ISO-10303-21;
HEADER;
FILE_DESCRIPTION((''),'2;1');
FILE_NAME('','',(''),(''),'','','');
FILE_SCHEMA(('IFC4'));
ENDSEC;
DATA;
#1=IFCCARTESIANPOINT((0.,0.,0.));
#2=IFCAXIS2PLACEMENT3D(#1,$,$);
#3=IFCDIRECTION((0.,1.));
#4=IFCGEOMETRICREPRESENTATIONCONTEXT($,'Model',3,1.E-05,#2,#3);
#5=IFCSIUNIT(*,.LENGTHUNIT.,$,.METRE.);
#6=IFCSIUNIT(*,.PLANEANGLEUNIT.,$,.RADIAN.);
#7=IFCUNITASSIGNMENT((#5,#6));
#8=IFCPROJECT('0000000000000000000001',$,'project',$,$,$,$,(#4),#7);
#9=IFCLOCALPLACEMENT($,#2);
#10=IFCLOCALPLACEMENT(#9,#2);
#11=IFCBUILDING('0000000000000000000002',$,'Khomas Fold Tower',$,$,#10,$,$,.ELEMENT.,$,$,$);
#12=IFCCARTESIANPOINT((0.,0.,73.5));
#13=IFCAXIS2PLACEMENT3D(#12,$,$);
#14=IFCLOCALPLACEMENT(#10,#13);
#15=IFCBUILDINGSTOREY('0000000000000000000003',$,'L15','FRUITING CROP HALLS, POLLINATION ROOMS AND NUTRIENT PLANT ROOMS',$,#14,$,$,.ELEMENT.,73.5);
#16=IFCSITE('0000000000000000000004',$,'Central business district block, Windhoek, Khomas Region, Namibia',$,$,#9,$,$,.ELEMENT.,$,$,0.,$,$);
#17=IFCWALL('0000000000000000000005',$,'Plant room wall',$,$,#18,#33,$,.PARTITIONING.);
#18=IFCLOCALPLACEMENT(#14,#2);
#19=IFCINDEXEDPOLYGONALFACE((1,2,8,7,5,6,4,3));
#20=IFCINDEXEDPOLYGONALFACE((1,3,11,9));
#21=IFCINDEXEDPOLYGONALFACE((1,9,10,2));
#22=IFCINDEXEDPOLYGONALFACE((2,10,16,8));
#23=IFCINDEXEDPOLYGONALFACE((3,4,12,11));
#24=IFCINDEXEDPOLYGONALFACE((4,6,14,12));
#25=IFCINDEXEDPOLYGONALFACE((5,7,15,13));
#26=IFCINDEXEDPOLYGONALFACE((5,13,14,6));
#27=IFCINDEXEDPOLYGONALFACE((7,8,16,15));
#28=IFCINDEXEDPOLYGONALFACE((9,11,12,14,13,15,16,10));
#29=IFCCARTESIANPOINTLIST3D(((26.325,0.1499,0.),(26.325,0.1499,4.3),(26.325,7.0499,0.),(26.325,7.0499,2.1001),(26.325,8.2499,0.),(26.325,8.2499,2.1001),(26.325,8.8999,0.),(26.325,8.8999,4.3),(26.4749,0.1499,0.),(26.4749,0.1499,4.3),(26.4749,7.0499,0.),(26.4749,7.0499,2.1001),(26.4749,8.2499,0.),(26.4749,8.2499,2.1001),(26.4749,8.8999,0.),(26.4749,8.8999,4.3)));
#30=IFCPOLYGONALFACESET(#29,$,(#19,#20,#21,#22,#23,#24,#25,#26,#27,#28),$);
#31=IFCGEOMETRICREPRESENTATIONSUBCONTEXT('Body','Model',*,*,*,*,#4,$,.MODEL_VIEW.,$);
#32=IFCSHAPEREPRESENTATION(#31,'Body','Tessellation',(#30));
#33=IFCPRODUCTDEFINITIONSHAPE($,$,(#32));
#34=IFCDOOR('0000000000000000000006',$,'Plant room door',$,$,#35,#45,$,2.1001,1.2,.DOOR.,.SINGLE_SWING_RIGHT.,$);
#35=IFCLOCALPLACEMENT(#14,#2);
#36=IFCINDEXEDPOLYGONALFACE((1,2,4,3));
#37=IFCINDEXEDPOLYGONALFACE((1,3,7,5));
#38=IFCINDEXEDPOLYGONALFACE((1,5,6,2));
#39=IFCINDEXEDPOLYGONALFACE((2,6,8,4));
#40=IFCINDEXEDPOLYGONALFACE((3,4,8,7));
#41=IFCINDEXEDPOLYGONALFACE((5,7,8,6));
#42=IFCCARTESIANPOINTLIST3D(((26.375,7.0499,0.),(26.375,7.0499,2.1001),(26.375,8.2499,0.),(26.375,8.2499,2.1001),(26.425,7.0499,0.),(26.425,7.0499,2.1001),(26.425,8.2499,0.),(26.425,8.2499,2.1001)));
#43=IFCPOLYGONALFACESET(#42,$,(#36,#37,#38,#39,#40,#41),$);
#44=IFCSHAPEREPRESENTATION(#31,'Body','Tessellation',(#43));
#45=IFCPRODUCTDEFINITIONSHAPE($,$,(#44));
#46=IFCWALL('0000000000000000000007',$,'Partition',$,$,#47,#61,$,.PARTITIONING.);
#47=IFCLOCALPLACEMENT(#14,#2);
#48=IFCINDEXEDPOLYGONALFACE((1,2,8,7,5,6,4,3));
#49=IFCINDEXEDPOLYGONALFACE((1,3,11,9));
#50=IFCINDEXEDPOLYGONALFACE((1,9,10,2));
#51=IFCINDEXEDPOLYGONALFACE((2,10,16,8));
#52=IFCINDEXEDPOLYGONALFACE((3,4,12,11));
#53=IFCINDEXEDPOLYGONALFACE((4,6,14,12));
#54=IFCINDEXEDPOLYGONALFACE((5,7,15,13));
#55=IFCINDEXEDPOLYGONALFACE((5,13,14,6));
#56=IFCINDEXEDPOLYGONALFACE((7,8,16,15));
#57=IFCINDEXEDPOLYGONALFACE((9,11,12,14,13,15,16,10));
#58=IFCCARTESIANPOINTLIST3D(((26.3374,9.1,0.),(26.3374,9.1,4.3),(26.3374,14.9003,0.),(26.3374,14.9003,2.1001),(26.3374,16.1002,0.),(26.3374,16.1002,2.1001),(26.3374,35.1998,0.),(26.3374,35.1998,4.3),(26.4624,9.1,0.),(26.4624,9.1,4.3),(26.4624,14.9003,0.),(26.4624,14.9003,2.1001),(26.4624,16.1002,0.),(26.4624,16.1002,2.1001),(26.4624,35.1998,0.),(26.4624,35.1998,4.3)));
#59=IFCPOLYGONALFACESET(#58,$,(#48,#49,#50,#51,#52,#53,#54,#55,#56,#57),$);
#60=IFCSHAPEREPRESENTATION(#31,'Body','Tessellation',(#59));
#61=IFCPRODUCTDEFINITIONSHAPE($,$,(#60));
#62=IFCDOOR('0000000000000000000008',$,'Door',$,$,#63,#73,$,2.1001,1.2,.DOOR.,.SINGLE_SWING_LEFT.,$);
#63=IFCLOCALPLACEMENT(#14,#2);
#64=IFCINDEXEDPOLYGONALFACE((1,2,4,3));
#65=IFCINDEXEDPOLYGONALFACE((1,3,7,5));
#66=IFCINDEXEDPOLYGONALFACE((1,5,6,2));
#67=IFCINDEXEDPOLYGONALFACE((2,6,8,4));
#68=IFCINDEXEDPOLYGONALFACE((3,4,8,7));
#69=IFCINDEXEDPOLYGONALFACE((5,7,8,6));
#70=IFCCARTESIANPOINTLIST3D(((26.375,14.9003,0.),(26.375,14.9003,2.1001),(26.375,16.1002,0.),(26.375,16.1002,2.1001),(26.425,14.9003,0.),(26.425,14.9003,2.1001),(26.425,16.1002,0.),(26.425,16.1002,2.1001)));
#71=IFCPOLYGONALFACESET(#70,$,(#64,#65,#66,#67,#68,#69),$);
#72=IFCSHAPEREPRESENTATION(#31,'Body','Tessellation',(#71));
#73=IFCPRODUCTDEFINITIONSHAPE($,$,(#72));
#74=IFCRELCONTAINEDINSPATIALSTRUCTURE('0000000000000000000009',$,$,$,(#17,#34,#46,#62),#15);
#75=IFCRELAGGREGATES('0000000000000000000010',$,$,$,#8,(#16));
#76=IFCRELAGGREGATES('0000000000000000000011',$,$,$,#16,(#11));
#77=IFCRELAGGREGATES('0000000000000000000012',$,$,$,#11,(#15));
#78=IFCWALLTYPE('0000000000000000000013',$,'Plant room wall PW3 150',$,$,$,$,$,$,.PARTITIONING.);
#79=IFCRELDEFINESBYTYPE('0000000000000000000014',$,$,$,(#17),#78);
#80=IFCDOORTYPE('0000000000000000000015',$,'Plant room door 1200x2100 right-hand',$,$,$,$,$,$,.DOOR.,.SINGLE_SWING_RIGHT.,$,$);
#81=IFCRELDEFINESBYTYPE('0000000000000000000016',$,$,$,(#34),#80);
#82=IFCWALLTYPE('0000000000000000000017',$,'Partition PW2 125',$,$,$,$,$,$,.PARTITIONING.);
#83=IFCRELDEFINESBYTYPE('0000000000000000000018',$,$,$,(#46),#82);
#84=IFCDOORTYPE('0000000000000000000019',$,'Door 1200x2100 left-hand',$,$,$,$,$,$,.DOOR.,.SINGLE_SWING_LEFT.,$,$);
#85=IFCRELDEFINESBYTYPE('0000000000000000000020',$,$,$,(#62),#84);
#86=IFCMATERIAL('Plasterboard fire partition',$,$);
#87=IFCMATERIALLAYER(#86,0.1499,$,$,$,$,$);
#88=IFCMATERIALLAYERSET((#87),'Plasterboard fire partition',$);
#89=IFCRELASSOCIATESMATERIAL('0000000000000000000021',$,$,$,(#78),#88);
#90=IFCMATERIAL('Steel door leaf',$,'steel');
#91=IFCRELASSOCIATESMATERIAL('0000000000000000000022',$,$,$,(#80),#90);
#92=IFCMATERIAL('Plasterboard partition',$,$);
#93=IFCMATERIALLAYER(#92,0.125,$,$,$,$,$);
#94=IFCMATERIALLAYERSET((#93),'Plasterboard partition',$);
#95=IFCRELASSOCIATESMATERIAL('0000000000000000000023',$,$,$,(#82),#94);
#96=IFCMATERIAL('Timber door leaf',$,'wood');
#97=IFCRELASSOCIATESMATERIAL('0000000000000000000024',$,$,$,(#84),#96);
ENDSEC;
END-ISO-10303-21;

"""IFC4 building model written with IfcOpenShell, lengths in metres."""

from ifc_helpers import new_model, si_unit, direction, frame, frame_2d, origin, place, context, subcontext, project, spatial, rectangle, extrude, source, transform, mapped, material, layer, layer_set, type_object, element, fill, save


model = new_model("IFC4")

# Units and contexts
model_context = context("Model", 3, precision=1e-05, world=origin(), true_north=direction((0.0, 1.0)))
body_context = subcontext(model_context, "Body", "Model", "MODEL_VIEW")
ifc_project = project(units=[si_unit("LENGTHUNIT", "METRE"), si_unit("PLANEANGLEUNIT", "RADIAN")], contexts=[model_context])

# Site, building, storey
site_placement = place(None, origin())
site = spatial("IfcSite", under=ifc_project, at=site_placement, Name="Central business district block, Windhoek, Khomas Region, Namibia", CompositionType="ELEMENT", RefElevation=0.0)
building_placement = place(site_placement, origin())
building = spatial("IfcBuilding", under=site, at=building_placement, Name="Khomas Fold Tower", CompositionType="ELEMENT")
storey_placement = place(building_placement, frame((0.0, 0.0, 73.5)))
storey = spatial("IfcBuildingStorey", under=building, at=storey_placement, Name="L15", Description="FRUITING CROP HALLS, POLLINATION ROOMS AND NUTRIENT PLANT ROOMS", CompositionType="ELEMENT", Elevation=73.5)

# Shared definitions
ifc_material_1 = material(Name="Plasterboard fire partition")
ifc_layer_1 = layer(ifc_material_1, 0.1499)
ifc_layer_set_1 = layer_set([ifc_layer_1], Name="Plasterboard fire partition")
wall_type_1 = type_object("IfcWallType", Name="Plant room wall PW3 150", PredefinedType="PARTITIONING", material=ifc_layer_set_1)

# Walls, openings, doors
shared_shape_1 = source(origin(), body_context, "Body", "SweptSolid", [
    extrude(rectangle(XDim=8.75, YDim=0.1499, at=frame_2d((4.375, 0.0))), origin(), (0.0, 0.0, 1.0), 4.3),
])
wall_1_placement = place(storey_placement, frame((26.3999, 0.1499, 0.0), z_axis=(0.0, 0.0, 1.0), x_axis=(0.0, 1.0, 0.0)))
wall_1 = element("IfcWall", 1, at=wall_1_placement, inside=storey, type_object=wall_type_1, Name="Plant room wall", PredefinedType="PARTITIONING", context=body_context, shape_type="MappedRepresentation", body=[
    mapped(shared_shape_1, transform((0.0, 0.0, 0.0))),
])
shared_shape_2 = source(origin(), body_context, "Body", "SweptSolid", [
    extrude(rectangle(XDim=1.2, YDim=2.1001, at=frame_2d((0.6001, 1.05))), frame((0.0, 0.085, 0.0), z_axis=(0.0, -1.0, 0.0), x_axis=(1.0, 0.0, 0.0)), (0.0, 0.0, 1.0), 0.1699),
])
opening_1_placement = place(wall_1_placement, frame((6.8999, 0.0, 0.0)))
opening_1 = element("IfcOpeningElement", 2, at=opening_1_placement, cuts=wall_1, PredefinedType="OPENING", context=body_context, shape_type="MappedRepresentation", body=[
    mapped(shared_shape_2, transform((0.0, 0.0, 0.0))),
])
ifc_material_2 = material(Name="Steel door leaf", Category="steel")
door_type_1 = type_object("IfcDoorType", Name="Plant room door 1200x2100 right-hand", OperationType="SINGLE_SWING_RIGHT", PredefinedType="DOOR", material=ifc_material_2)
shared_shape_3 = source(origin(), body_context, "Body", "SweptSolid", [
    extrude(rectangle(XDim=1.2, YDim=2.1001, at=frame_2d((0.6001, 1.05))), frame((0.0, 0.0249, 0.0), z_axis=(0.0, -1.0, 0.0), x_axis=(1.0, 0.0, 0.0)), (0.0, 0.0, 1.0), 0.05),
])
door_1_placement = place(opening_1_placement, origin())
door_1 = element("IfcDoor", 3, at=door_1_placement, inside=storey, type_object=door_type_1, Name="Plant room door", OperationType="SINGLE_SWING_RIGHT", OverallHeight=2.1001, OverallWidth=1.2, PredefinedType="DOOR", context=body_context, shape_type="MappedRepresentation", body=[
    mapped(shared_shape_3, transform((0.0, 0.0, 0.0))),
])
fill(opening_1, door_1)
ifc_material_3 = material(Name="Plasterboard partition")
ifc_layer_2 = layer(ifc_material_3, 0.125)
ifc_layer_set_2 = layer_set([ifc_layer_2], Name="Plasterboard partition")
wall_type_2 = type_object("IfcWallType", Name="Partition PW2 125", PredefinedType="PARTITIONING", material=ifc_layer_set_2)
shared_shape_4 = source(origin(), body_context, "Body", "SweptSolid", [
    extrude(rectangle(XDim=26.0999, YDim=0.125, at=frame_2d((13.0498, 0.0))), origin(), (0.0, 0.0, 1.0), 4.3),
])
wall_2_placement = place(storey_placement, frame((26.3999, 9.1001, 0.0), z_axis=(0.0, 0.0, 1.0), x_axis=(0.0, 1.0, 0.0)))
wall_2 = element("IfcWall", 4, at=wall_2_placement, inside=storey, type_object=wall_type_2, Name="Partition", PredefinedType="PARTITIONING", context=body_context, shape_type="MappedRepresentation", body=[
    mapped(shared_shape_4, transform((0.0, 0.0, 0.0))),
])
shared_shape_5 = source(origin(), body_context, "Body", "SweptSolid", [
    extrude(rectangle(XDim=1.2, YDim=2.1001, at=frame_2d((0.6001, 1.05))), frame((0.0, 0.0725, 0.0), z_axis=(0.0, -1.0, 0.0), x_axis=(1.0, 0.0, 0.0)), (0.0, 0.0, 1.0), 0.145),
])
opening_2_placement = place(wall_2_placement, frame((5.8, 0.0, 0.0)))
opening_2 = element("IfcOpeningElement", 5, at=opening_2_placement, cuts=wall_2, PredefinedType="OPENING", context=body_context, shape_type="MappedRepresentation", body=[
    mapped(shared_shape_5, transform((0.0, 0.0, 0.0))),
])
ifc_material_4 = material(Name="Timber door leaf", Category="wood")
door_type_2 = type_object("IfcDoorType", Name="Door 1200x2100 left-hand", OperationType="SINGLE_SWING_LEFT", PredefinedType="DOOR", material=ifc_material_4)
door_2_placement = place(opening_2_placement, origin())
door_2 = element("IfcDoor", 6, at=door_2_placement, inside=storey, type_object=door_type_2, Name="Door", OperationType="SINGLE_SWING_LEFT", OverallHeight=2.1001, OverallWidth=1.2, PredefinedType="DOOR", context=body_context, shape_type="MappedRepresentation", body=[
    mapped(shared_shape_3, transform((0.0, 0.0, 0.0))),
])
fill(opening_2, door_2)

save(model, "model.ifc")
